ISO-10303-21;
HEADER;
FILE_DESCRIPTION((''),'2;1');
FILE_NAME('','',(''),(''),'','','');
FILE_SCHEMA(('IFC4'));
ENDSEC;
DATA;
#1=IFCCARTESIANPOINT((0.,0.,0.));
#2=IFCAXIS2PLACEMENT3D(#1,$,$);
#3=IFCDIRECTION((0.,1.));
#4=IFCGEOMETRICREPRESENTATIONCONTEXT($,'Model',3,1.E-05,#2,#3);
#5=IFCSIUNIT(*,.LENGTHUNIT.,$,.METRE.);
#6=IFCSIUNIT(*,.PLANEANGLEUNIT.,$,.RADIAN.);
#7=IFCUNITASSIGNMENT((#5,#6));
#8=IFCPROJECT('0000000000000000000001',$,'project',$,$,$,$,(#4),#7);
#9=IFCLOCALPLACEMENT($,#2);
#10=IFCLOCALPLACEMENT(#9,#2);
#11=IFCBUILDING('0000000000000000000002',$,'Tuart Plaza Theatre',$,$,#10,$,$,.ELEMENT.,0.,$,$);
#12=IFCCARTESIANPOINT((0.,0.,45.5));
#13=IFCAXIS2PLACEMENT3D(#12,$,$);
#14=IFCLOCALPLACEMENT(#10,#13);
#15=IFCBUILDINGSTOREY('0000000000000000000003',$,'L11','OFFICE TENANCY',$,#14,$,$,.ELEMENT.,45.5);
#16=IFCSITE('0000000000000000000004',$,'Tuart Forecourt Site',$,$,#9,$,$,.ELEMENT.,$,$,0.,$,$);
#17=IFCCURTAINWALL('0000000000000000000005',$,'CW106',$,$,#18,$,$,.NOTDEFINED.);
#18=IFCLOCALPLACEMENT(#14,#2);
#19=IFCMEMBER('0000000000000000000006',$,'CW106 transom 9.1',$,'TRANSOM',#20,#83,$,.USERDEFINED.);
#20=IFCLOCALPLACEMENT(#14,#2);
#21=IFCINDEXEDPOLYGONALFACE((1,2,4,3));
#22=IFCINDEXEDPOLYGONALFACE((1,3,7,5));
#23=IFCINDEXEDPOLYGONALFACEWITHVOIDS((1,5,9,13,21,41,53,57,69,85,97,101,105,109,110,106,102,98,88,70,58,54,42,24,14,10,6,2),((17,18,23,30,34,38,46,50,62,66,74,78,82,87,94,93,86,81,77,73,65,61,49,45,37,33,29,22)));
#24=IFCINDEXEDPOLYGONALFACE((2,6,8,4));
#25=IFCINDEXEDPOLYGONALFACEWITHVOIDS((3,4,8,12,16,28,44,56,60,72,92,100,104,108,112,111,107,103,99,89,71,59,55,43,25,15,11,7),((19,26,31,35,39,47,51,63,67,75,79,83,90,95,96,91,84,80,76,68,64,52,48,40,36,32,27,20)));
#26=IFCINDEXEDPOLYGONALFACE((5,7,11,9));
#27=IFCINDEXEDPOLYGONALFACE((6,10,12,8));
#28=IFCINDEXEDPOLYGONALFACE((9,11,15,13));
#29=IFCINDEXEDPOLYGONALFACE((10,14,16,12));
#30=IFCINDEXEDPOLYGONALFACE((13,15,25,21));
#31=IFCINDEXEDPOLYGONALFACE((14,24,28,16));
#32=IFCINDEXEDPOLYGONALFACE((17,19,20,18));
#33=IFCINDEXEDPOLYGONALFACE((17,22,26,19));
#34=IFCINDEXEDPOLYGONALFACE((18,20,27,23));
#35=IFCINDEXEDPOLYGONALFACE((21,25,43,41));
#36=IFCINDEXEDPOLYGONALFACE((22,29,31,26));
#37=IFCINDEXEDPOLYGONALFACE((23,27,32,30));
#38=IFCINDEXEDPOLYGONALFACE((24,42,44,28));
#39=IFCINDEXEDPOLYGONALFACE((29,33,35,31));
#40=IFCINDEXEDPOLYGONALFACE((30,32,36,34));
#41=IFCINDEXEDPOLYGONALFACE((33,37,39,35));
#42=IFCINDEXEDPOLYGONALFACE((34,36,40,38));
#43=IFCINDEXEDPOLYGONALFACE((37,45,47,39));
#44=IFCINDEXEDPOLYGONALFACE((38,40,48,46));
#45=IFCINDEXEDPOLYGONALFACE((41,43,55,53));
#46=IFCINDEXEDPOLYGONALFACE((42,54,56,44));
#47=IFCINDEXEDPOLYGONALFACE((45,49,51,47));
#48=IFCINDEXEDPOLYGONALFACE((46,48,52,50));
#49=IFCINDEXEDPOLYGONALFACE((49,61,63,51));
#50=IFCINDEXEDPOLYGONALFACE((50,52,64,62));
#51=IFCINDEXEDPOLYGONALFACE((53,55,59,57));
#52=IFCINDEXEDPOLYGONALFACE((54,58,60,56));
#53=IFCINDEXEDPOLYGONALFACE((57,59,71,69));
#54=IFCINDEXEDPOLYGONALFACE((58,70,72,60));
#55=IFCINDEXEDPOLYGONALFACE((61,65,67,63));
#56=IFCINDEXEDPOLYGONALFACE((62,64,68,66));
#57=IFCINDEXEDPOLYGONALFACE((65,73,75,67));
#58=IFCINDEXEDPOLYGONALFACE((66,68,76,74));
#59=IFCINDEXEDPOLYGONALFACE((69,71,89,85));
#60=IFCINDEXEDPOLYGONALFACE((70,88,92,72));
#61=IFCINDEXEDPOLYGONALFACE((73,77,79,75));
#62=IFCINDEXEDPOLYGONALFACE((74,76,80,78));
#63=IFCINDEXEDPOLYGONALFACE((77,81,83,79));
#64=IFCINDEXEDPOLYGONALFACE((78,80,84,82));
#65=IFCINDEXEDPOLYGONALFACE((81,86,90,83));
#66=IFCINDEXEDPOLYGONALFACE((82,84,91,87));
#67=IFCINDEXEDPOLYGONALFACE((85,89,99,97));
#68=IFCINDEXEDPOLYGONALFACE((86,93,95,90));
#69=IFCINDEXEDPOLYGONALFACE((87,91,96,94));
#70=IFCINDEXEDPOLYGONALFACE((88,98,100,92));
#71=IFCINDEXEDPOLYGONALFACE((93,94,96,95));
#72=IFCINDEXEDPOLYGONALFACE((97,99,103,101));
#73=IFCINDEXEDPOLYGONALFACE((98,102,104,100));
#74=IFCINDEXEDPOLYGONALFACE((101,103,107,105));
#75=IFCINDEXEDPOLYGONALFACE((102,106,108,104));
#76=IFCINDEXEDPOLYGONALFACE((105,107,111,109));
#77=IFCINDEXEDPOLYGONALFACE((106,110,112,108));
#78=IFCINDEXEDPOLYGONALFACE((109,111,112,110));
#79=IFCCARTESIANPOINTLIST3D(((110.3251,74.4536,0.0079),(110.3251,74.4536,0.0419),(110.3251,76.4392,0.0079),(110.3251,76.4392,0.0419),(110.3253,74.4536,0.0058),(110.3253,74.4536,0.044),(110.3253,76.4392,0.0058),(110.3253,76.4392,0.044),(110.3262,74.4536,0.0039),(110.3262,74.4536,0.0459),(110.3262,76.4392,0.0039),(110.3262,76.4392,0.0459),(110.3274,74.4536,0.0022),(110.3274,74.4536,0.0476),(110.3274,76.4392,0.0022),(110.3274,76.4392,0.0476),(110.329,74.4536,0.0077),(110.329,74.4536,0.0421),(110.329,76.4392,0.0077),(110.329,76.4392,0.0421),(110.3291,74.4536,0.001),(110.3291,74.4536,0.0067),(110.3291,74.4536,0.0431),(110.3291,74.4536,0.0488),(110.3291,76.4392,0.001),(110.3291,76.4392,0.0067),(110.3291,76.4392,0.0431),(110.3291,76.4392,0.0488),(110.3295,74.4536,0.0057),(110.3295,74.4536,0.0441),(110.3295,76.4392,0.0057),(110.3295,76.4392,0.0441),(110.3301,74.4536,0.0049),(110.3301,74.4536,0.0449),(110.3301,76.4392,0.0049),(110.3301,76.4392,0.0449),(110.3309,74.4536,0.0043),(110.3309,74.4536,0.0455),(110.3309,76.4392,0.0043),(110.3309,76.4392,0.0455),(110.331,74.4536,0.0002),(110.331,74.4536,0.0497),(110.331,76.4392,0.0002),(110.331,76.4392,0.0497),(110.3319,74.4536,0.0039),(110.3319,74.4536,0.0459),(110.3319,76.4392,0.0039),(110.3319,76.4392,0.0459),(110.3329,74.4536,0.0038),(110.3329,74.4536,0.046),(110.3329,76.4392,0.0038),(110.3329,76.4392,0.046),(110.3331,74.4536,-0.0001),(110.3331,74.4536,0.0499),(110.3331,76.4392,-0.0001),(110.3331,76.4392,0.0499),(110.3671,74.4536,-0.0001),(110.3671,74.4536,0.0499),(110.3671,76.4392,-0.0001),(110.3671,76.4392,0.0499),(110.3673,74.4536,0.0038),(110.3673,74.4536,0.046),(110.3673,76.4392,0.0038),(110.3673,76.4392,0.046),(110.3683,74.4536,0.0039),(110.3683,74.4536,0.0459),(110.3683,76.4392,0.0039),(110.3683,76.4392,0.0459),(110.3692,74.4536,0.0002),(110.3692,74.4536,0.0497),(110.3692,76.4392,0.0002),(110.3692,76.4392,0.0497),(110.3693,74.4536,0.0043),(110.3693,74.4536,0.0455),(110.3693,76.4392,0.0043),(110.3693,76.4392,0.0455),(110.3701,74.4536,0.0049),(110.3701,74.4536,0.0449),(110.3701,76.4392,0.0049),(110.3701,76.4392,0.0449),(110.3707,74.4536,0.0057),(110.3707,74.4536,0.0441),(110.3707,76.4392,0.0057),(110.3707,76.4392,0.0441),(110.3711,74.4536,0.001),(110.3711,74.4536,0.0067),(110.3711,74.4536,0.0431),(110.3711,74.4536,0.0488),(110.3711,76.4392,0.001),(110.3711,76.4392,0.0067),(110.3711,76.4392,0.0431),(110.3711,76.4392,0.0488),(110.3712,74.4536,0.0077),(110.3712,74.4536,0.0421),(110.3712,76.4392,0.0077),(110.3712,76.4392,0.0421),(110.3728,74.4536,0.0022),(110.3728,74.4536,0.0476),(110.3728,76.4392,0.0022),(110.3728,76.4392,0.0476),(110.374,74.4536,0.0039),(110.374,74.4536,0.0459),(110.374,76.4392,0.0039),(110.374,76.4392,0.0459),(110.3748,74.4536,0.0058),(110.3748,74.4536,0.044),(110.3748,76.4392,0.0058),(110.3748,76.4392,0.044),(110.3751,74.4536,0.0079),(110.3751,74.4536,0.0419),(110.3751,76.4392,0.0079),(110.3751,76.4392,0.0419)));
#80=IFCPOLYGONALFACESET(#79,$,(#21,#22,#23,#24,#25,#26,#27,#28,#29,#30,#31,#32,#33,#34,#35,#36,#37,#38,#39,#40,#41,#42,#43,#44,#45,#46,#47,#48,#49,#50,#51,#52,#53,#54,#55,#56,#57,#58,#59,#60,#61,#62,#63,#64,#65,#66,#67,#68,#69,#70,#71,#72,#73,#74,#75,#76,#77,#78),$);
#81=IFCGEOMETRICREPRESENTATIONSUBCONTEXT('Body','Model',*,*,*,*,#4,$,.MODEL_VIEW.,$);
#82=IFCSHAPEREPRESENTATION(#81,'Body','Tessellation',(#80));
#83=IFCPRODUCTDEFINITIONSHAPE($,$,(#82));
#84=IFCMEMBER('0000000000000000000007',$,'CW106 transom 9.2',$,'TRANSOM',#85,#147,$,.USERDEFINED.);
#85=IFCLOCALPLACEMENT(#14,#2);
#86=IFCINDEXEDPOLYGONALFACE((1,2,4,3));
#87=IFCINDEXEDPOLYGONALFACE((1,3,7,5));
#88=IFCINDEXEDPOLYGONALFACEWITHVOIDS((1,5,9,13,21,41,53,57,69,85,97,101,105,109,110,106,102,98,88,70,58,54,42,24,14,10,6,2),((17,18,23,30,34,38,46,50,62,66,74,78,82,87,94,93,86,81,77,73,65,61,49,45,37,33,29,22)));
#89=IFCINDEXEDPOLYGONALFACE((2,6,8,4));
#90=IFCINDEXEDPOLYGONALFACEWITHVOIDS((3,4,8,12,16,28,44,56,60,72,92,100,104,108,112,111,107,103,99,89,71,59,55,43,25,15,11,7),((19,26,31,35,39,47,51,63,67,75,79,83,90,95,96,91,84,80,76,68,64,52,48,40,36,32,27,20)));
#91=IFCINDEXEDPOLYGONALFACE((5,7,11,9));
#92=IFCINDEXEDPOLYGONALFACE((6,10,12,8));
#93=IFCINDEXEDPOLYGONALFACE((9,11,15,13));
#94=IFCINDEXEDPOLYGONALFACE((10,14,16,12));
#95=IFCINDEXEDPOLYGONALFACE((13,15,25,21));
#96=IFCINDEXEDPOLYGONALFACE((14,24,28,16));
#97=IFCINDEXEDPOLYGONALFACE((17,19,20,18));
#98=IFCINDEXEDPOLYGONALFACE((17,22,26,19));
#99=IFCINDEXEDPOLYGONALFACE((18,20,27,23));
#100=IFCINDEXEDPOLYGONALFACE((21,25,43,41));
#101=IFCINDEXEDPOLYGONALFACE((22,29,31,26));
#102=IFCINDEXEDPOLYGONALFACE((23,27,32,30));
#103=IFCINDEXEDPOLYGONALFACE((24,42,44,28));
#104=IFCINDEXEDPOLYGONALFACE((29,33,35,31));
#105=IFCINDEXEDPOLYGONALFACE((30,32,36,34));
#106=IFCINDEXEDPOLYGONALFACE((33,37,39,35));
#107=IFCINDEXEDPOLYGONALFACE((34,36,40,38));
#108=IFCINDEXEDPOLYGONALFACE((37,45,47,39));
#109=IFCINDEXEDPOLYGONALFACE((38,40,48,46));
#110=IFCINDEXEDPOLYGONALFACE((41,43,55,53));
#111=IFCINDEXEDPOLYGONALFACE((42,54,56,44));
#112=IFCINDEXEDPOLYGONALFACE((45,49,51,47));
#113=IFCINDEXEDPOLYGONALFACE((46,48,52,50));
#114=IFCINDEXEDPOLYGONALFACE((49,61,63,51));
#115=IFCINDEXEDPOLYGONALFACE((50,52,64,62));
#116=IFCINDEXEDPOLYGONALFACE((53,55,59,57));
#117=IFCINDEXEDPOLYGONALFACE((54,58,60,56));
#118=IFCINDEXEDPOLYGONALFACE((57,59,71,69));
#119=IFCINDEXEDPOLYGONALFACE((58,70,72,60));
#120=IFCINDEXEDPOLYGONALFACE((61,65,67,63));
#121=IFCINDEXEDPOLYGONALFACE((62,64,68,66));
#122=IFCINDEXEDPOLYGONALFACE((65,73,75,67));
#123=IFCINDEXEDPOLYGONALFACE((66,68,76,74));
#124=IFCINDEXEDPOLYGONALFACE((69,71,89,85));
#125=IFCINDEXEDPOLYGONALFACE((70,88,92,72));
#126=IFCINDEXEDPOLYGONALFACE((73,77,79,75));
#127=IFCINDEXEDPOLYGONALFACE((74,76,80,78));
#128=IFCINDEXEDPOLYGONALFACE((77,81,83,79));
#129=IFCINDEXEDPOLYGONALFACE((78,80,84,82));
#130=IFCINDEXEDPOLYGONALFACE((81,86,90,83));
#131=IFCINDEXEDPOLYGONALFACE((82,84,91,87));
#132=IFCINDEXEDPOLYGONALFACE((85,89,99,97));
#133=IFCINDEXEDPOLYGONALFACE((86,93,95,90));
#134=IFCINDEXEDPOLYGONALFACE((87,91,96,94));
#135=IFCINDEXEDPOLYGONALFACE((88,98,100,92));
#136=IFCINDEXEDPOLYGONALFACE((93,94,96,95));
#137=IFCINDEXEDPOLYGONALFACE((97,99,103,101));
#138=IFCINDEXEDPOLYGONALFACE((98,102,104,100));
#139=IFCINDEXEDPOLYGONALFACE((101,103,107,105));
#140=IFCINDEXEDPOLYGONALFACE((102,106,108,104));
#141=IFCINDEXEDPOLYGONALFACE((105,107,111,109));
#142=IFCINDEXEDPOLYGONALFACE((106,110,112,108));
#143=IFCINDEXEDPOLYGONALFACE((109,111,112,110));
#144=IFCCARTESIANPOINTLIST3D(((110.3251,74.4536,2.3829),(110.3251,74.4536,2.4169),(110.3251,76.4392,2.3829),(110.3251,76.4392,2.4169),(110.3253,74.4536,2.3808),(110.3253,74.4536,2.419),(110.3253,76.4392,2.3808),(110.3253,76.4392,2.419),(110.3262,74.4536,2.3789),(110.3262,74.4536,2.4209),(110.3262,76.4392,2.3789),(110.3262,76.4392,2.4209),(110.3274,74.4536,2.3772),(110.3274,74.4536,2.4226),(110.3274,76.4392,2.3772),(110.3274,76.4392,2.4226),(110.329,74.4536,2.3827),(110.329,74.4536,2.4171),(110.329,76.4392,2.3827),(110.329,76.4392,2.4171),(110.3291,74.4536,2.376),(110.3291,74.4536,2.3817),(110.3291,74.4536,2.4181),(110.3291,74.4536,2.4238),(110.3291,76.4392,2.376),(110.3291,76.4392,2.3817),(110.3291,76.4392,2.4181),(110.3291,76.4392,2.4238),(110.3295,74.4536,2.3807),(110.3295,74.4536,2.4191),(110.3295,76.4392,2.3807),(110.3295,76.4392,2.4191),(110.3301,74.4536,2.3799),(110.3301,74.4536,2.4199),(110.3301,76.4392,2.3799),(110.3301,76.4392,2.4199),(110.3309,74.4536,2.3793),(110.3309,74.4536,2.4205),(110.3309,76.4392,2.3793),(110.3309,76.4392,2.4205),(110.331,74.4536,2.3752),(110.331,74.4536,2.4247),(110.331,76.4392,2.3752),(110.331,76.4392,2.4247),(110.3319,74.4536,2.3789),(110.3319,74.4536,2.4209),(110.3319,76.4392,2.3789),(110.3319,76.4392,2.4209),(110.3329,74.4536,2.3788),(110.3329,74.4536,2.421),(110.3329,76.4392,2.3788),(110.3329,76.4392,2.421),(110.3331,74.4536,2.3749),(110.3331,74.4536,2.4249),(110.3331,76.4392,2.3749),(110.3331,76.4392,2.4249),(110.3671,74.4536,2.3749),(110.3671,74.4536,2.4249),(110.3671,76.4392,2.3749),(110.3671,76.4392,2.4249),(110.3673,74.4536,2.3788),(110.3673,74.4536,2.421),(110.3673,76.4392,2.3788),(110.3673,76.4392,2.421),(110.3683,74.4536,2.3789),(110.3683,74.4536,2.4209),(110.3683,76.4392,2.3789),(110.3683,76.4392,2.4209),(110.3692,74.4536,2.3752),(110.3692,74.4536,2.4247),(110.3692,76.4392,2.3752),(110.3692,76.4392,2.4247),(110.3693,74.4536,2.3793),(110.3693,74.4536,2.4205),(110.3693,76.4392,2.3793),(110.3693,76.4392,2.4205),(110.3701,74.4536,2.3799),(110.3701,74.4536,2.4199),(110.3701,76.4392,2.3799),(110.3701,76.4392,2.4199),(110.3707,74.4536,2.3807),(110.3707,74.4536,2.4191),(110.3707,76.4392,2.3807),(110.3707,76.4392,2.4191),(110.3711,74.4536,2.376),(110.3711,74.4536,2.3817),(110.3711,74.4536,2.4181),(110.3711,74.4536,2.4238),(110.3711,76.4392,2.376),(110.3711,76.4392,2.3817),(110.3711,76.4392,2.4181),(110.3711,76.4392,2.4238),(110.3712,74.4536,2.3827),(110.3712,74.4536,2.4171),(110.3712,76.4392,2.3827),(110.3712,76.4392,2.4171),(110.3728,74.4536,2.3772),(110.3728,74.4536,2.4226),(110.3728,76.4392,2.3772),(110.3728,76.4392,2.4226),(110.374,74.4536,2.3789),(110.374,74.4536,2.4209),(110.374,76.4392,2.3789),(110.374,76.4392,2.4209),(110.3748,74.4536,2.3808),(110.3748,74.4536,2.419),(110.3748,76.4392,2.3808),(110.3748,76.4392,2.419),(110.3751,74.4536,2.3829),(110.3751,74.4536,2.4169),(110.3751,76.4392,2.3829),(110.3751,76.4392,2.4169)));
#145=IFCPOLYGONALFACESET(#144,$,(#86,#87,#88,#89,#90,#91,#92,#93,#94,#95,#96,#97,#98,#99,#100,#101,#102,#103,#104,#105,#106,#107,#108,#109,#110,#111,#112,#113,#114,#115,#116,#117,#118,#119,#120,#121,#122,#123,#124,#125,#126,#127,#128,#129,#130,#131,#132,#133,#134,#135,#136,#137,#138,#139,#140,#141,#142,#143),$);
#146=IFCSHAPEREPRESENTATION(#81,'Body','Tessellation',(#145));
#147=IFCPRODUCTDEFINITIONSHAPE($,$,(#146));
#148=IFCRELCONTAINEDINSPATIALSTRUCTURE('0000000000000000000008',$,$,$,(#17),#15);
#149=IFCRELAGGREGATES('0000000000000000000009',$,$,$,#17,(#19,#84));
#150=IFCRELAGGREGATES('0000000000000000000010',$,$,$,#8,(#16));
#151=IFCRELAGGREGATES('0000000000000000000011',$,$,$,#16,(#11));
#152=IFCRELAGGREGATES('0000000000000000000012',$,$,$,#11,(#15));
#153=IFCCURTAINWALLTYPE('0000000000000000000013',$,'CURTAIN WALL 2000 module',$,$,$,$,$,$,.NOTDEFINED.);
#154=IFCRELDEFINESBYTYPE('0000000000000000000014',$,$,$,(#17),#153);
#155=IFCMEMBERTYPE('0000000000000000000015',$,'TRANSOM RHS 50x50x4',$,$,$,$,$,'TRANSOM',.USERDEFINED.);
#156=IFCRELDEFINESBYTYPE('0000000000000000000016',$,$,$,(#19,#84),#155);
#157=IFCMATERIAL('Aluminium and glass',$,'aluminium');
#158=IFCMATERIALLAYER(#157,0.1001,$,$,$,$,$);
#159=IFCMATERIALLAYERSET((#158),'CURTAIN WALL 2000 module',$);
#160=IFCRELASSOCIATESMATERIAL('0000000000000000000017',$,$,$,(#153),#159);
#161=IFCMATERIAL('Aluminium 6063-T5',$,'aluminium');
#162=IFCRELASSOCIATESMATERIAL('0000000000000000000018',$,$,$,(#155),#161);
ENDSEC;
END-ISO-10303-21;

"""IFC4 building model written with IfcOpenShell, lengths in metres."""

from ifc_helpers import new_model, si_unit, direction, frame, origin, origin_2d, place, context, subcontext, project, spatial, hollow_rectangle, extrude, material, layer, layer_set, material_profile, profile_set, type_object, element, aggregate, save


model = new_model("IFC4")

# Units and contexts
model_context = context("Model", 3, precision=1e-05, world=origin(), true_north=direction((0.0, 1.0)))
body_context = subcontext(model_context, "Body", "Model", "MODEL_VIEW")
ifc_project = project(units=[si_unit("LENGTHUNIT", "METRE"), si_unit("PLANEANGLEUNIT", "RADIAN")], contexts=[model_context])

# Site, building, storey
site_placement = place(None, origin())
site = spatial("IfcSite", under=ifc_project, at=site_placement, Name="Tuart Forecourt Site", CompositionType="ELEMENT", RefElevation=0.0)
building_placement = place(site_placement, origin())
building = spatial("IfcBuilding", under=site, at=building_placement, Name="Tuart Plaza Theatre", CompositionType="ELEMENT", ElevationOfRefHeight=0.0)
storey_placement = place(building_placement, frame((0.0, 0.0, 45.5)))
storey = spatial("IfcBuildingStorey", under=building, at=storey_placement, Name="L11", Description="OFFICE TENANCY", CompositionType="ELEMENT", Elevation=45.5)

# Curtain wall, members
ifc_material_1 = material(Name="Aluminium and glass", Category="aluminium")
ifc_layer_1 = layer(ifc_material_1, 0.1001)
ifc_layer_set_1 = layer_set([ifc_layer_1], Name="CURTAIN WALL 2000 module")
curtain_wall_type = type_object("IfcCurtainWallType", Name="CURTAIN WALL 2000 module", PredefinedType="NOTDEFINED", material=ifc_layer_set_1)
curtain_wall_placement = place(storey_placement, origin())
curtain_wall = element("IfcCurtainWall", 1, at=curtain_wall_placement, inside=storey, type_object=curtain_wall_type, Name="CW106", PredefinedType="NOTDEFINED")
ifc_material_2 = material(Name="Aluminium 6063-T5", Category="aluminium")
ifc_material_profile = material_profile(ifc_material_2, hollow_rectangle(XDim=0.05, YDim=0.05, WallThickness=0.0039, InnerFilletRadius=0.0039, OuterFilletRadius=0.0081, at=origin_2d()), Name="RHS 50x50x4")
ifc_profile_set = profile_set([ifc_material_profile], Name="Aluminium 6063-T5")
member_type = type_object("IfcMemberType", Name="TRANSOM RHS 50x50x4", ElementType="TRANSOM", PredefinedType="USERDEFINED", material=ifc_profile_set)
member_1_placement = place(storey_placement, frame((110.3501, 76.4392, 0.0249), z_axis=(0.0, -1.0, 0.0), x_axis=(1.0, 0.0, 0.0)))
member_1 = element("IfcMember", 2, at=member_1_placement, type_object=member_type, Name="CW106 transom 9.1", ObjectType="TRANSOM", PredefinedType="USERDEFINED", context=body_context, shape_type="SweptSolid", body=[
    extrude(hollow_rectangle(XDim=0.05, YDim=0.05, WallThickness=0.0039, InnerFilletRadius=0.0039, OuterFilletRadius=0.0081, at=origin_2d()), origin(), (0.0, 0.0, 1.0), 1.9856),
])
member_2_placement = place(storey_placement, frame((110.3501, 76.4392, 2.3999), z_axis=(0.0, -1.0, 0.0), x_axis=(1.0, 0.0, 0.0)))
member_2 = element("IfcMember", 3, at=member_2_placement, type_object=member_type, Name="CW106 transom 9.2", ObjectType="TRANSOM", PredefinedType="USERDEFINED", context=body_context, shape_type="SweptSolid", body=[
    extrude(hollow_rectangle(XDim=0.05, YDim=0.05, WallThickness=0.0039, InnerFilletRadius=0.0039, OuterFilletRadius=0.0081, at=origin_2d()), origin(), (0.0, 0.0, 1.0), 1.9856),
])
aggregate(curtain_wall, [member_1, member_2])

save(model, "model.ifc")
